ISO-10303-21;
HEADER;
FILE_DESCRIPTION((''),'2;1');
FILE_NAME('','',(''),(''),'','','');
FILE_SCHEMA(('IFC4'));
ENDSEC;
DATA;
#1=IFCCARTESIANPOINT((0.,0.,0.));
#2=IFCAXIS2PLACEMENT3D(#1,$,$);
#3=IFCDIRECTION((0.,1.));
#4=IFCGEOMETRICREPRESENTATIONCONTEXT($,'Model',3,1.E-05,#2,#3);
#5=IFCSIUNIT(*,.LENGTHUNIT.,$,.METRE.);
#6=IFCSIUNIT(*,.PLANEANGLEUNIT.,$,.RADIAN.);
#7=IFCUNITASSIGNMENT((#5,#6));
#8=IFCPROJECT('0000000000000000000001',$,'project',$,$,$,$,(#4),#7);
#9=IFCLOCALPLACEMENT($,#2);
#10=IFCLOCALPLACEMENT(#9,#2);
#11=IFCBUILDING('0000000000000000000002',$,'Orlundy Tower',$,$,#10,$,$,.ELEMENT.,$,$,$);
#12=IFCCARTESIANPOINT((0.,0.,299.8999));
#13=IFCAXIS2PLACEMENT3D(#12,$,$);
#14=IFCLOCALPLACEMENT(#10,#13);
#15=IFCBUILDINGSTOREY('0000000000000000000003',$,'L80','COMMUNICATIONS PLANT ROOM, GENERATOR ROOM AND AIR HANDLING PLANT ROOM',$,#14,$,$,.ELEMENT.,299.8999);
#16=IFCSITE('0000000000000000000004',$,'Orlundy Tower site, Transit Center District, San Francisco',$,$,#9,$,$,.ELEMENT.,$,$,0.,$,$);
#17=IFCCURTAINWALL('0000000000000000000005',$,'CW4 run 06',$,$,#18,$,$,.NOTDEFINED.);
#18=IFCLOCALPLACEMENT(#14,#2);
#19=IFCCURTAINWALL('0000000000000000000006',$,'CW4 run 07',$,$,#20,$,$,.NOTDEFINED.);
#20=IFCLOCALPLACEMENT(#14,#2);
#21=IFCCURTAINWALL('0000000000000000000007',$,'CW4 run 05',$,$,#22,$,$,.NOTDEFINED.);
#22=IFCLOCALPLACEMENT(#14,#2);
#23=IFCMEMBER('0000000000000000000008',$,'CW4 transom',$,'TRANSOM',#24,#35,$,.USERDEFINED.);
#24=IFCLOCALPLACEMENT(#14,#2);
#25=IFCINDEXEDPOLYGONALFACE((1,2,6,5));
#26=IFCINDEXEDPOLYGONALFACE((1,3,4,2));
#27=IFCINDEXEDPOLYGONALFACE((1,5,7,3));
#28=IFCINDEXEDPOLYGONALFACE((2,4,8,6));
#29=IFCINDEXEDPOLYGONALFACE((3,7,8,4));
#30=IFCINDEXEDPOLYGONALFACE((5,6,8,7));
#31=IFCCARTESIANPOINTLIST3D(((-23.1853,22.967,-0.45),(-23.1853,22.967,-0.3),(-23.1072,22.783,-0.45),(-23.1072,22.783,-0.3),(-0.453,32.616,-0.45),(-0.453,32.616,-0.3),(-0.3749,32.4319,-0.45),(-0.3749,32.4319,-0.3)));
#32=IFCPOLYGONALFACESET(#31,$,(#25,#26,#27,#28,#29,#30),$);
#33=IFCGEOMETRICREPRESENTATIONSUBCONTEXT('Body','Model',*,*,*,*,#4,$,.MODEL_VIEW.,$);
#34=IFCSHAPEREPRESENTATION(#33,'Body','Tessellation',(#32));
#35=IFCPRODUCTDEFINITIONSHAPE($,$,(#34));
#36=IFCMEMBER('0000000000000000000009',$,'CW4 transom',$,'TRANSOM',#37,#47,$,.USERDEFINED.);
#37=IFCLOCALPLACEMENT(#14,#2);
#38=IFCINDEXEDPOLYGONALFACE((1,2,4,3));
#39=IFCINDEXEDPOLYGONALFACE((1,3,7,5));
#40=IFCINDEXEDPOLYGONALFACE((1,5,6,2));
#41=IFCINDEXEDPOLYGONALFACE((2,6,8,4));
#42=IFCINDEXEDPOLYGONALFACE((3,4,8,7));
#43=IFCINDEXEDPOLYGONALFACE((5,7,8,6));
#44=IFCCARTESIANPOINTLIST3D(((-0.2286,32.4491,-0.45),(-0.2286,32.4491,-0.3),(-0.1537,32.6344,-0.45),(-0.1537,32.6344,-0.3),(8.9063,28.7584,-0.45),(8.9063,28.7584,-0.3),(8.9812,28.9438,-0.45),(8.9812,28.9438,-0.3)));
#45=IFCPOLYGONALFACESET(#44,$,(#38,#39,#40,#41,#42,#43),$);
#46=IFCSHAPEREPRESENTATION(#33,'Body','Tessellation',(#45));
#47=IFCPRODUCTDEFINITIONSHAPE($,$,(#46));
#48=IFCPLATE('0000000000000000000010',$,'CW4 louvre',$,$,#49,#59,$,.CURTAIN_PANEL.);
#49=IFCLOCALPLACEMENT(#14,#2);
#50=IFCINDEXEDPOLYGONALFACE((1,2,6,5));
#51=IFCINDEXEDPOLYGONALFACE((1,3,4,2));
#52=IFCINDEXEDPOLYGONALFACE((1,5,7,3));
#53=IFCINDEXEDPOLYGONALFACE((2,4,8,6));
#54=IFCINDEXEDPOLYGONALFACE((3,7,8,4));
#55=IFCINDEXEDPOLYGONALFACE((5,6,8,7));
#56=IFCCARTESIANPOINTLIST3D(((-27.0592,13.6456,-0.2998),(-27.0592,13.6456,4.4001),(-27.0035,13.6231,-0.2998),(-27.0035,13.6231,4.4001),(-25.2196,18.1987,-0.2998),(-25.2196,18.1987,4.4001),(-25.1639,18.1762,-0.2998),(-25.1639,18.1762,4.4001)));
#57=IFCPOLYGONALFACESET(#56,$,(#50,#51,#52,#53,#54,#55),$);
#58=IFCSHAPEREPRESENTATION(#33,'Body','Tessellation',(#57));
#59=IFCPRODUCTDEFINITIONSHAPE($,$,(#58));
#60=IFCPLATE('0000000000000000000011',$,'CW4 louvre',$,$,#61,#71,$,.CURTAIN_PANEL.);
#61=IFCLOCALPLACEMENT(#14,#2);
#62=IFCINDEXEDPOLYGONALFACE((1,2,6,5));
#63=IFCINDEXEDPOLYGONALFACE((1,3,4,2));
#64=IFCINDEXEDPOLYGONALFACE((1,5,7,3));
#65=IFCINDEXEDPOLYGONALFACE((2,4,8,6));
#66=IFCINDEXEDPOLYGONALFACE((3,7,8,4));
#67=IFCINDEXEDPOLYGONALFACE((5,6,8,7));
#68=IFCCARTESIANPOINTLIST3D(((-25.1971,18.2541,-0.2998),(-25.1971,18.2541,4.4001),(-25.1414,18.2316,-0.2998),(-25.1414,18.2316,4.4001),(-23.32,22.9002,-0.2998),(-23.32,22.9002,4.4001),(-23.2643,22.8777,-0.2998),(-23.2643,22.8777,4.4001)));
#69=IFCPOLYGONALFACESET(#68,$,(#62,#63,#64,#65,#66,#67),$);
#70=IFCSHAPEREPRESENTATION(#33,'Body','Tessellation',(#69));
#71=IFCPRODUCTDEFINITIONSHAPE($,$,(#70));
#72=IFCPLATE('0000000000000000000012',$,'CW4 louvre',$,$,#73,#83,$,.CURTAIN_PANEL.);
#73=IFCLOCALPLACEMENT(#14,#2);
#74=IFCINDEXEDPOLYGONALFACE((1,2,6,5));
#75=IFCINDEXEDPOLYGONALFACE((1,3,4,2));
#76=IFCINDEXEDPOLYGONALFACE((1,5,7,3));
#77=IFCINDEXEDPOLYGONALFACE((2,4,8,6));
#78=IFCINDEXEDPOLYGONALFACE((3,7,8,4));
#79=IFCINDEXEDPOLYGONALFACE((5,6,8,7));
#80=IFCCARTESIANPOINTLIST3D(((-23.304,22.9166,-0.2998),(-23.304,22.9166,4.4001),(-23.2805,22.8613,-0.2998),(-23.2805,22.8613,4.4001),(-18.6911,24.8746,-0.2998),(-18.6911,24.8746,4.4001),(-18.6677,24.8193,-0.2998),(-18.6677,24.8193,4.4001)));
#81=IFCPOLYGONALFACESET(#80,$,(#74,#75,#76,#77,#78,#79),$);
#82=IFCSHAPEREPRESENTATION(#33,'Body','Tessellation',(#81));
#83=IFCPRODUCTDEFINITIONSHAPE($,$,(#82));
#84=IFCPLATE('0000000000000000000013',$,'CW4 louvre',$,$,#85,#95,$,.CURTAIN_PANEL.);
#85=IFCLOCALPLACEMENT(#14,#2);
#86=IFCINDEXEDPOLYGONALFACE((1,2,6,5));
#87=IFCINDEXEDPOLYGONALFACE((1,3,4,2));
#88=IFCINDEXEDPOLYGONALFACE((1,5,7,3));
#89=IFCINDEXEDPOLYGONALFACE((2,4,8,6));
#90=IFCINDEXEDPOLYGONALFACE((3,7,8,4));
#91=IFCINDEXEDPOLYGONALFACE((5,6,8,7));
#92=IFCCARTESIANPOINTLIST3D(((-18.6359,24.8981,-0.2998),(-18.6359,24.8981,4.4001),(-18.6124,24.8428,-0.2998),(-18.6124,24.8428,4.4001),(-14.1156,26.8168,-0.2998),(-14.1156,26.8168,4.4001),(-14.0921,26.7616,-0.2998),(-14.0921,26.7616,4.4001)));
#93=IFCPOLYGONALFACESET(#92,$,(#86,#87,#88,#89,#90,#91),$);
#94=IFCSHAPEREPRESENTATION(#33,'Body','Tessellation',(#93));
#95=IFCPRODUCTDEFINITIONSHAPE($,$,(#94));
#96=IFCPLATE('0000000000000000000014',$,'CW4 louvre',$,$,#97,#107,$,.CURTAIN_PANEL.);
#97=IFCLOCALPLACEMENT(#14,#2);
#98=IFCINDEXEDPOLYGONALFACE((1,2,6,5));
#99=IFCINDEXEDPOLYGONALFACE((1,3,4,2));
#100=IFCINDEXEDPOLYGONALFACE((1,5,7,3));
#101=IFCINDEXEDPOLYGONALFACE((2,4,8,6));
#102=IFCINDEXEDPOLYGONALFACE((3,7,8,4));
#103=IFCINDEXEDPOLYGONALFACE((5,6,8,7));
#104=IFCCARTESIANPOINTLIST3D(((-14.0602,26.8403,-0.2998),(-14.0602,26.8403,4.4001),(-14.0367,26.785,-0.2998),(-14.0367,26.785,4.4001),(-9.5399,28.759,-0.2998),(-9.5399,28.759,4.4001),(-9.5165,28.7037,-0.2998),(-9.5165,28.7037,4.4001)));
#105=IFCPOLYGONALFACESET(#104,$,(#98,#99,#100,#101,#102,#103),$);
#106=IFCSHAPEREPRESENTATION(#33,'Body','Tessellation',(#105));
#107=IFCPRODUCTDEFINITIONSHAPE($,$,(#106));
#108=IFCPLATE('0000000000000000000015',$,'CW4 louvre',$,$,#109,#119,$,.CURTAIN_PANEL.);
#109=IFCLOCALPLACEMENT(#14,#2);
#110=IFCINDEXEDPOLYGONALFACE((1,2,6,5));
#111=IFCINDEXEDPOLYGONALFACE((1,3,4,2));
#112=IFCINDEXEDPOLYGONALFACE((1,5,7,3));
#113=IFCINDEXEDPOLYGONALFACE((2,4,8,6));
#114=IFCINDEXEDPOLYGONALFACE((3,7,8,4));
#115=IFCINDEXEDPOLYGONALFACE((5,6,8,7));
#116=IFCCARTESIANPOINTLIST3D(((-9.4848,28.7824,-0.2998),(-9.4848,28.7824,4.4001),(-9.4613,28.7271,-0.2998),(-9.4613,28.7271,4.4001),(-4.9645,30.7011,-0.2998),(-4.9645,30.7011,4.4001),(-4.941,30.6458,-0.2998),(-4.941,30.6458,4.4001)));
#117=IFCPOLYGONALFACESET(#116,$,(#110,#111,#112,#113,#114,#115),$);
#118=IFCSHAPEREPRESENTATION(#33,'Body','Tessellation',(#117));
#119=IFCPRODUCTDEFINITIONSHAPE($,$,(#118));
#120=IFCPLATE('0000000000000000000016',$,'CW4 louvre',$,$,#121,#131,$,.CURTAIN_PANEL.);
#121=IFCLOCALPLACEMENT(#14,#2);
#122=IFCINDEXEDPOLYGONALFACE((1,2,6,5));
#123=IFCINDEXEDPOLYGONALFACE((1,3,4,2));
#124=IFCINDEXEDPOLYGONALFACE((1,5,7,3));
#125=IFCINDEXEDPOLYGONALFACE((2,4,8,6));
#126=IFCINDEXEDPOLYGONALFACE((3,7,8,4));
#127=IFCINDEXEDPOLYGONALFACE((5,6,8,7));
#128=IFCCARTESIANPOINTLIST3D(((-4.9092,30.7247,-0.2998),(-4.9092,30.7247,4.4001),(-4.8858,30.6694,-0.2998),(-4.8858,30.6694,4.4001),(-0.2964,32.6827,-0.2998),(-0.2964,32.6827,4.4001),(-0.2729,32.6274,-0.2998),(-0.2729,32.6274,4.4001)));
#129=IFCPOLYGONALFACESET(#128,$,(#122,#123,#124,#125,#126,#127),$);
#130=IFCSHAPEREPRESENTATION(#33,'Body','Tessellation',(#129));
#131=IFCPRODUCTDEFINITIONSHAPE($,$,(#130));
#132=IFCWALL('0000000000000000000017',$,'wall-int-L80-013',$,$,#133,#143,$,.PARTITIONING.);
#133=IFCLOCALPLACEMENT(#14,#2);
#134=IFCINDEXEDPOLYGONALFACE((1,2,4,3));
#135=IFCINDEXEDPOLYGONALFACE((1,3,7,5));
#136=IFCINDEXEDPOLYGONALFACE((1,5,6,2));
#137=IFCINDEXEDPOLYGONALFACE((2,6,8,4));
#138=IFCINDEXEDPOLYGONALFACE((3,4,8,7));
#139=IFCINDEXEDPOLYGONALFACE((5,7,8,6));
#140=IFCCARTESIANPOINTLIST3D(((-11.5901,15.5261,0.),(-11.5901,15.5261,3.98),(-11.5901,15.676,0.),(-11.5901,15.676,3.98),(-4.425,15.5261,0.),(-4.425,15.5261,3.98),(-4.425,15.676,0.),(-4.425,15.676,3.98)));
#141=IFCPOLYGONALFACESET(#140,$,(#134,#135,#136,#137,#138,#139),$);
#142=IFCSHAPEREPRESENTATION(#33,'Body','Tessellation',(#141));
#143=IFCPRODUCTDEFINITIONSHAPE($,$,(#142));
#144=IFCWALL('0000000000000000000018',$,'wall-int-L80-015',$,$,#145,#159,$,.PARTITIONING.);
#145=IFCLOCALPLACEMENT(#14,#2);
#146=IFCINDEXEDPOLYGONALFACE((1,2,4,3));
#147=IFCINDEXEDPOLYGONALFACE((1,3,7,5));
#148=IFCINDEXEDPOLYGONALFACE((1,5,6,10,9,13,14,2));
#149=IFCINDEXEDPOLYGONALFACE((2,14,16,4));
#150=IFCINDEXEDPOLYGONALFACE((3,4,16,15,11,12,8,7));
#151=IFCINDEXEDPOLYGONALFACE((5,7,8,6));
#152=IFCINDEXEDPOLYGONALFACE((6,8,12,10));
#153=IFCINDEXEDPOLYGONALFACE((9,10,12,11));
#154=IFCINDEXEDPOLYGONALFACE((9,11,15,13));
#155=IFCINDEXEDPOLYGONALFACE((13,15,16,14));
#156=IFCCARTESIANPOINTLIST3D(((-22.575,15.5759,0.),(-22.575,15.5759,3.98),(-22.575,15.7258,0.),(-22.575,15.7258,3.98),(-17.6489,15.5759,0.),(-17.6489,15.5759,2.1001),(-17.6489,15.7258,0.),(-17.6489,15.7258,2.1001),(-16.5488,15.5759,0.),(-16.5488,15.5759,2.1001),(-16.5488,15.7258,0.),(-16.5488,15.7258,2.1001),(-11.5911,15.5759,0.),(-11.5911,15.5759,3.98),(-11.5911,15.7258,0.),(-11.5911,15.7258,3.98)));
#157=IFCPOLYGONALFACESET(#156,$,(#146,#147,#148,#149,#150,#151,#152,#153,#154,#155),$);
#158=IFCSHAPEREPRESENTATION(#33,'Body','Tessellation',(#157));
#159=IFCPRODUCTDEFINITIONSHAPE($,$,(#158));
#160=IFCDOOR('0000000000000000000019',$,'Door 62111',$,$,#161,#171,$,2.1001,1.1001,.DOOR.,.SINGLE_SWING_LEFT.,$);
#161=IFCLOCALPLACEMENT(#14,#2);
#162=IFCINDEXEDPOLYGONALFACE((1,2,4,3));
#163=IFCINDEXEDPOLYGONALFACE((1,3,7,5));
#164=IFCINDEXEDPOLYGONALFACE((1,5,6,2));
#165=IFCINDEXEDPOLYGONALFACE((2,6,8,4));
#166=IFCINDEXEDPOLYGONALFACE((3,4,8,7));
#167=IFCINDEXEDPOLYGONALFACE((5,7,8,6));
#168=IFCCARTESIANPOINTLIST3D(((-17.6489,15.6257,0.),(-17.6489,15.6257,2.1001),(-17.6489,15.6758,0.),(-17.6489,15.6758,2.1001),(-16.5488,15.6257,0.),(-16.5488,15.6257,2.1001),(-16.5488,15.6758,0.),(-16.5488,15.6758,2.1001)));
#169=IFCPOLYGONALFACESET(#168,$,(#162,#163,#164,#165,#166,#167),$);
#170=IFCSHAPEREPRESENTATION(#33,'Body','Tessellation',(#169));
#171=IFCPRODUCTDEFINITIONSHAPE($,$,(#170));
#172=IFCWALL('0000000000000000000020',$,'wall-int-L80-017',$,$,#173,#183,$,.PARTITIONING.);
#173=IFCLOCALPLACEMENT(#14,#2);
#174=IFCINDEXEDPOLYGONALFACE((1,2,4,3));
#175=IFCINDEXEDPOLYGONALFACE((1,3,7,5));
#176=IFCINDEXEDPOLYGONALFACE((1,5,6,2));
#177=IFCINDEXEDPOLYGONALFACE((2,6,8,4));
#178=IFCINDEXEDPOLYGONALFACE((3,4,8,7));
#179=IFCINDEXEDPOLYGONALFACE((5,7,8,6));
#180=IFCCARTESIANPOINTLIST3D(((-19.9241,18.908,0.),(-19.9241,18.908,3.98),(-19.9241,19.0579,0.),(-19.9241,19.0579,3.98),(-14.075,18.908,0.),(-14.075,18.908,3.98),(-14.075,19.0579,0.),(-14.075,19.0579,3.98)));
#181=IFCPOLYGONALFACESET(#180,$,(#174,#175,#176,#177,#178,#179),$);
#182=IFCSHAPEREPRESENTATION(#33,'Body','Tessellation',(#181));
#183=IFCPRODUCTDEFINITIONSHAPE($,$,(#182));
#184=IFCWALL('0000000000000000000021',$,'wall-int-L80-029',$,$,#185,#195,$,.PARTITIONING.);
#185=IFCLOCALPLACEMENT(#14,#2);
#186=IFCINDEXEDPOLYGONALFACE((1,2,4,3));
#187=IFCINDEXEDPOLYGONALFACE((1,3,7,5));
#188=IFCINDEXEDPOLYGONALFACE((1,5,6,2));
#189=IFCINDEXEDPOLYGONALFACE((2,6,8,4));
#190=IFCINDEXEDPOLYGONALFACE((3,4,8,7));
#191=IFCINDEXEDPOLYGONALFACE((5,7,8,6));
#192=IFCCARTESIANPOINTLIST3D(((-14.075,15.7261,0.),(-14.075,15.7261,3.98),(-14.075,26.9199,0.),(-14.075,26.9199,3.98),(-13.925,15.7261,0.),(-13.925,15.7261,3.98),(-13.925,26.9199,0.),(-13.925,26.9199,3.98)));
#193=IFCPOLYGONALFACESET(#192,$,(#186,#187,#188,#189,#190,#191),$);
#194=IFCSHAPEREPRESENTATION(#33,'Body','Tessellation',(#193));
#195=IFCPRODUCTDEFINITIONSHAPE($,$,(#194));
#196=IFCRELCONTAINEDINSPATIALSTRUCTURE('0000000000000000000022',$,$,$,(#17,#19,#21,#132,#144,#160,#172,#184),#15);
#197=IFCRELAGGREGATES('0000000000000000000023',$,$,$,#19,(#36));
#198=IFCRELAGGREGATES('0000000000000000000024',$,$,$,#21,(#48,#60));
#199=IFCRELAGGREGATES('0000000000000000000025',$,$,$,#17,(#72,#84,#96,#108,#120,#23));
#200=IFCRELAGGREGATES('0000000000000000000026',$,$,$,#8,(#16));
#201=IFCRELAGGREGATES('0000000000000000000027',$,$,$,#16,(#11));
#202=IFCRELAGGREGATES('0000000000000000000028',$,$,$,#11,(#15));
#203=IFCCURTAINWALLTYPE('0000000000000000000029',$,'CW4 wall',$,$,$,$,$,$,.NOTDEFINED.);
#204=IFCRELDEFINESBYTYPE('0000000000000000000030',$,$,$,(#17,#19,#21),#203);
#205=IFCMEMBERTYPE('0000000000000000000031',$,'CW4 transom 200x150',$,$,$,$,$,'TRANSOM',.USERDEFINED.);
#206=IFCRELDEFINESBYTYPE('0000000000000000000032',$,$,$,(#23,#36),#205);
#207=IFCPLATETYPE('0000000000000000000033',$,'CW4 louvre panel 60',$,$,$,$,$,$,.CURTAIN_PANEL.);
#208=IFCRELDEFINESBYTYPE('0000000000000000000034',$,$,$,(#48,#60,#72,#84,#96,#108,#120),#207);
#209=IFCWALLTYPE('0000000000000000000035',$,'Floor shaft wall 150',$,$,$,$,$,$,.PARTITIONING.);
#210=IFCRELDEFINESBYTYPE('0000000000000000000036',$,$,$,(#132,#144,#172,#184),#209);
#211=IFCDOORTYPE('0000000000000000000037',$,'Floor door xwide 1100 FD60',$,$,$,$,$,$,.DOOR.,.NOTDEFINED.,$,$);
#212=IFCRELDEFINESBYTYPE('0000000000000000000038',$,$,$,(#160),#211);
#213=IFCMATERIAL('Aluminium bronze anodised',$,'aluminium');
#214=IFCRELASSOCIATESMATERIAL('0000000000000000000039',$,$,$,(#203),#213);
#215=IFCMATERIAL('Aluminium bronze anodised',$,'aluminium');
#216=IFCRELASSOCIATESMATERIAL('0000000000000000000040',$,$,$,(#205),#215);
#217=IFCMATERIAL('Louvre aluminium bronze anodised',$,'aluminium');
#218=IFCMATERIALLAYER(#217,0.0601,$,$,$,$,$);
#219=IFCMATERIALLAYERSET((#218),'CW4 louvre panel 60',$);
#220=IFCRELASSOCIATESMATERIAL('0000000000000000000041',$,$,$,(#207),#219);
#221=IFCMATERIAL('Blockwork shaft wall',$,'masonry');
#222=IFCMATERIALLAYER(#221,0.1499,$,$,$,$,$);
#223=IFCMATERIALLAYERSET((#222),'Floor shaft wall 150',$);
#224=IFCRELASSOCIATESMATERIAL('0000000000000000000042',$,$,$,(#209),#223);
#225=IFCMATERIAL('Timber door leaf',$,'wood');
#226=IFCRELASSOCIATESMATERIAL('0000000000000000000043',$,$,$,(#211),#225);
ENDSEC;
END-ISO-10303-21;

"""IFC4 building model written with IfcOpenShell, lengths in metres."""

from ifc_helpers import new_model, si_unit, direction, frame, frame_2d, origin, origin_2d, place, context, subcontext, project, spatial, rectangle, extrude, material, layer, layer_set, material_profile, profile_set, type_object, element, fill, aggregate, save


model = new_model("IFC4")

# Units and contexts
model_context = context("Model", 3, precision=1e-05, world=origin(), true_north=direction((0.0, 1.0)))
body_context = subcontext(model_context, "Body", "Model", "MODEL_VIEW")
ifc_project = project(units=[si_unit("LENGTHUNIT", "METRE"), si_unit("PLANEANGLEUNIT", "RADIAN")], contexts=[model_context])

# Site, building, storey
site_placement = place(None, origin())
site = spatial("IfcSite", under=ifc_project, at=site_placement, Name="Orlundy Tower site, Transit Center District, San Francisco", CompositionType="ELEMENT", RefElevation=0.0)
building_placement = place(site_placement, origin())
building = spatial("IfcBuilding", under=site, at=building_placement, Name="Orlundy Tower", CompositionType="ELEMENT")
storey_placement = place(building_placement, frame((0.0, 0.0, 299.8999)))
storey = spatial("IfcBuildingStorey", under=building, at=storey_placement, Name="L80", Description="COMMUNICATIONS PLANT ROOM, GENERATOR ROOM AND AIR HANDLING PLANT ROOM", CompositionType="ELEMENT", Elevation=299.8999)

# Curtain walls
ifc_material_1 = material(Name="Aluminium bronze anodised", Category="aluminium")
curtain_wall_type = type_object("IfcCurtainWallType", Name="CW4 wall", PredefinedType="NOTDEFINED", material=ifc_material_1)
curtain_wall_1_placement = place(storey_placement, origin())
curtain_wall_1 = element("IfcCurtainWall", 1, at=curtain_wall_1_placement, inside=storey, type_object=curtain_wall_type, Name="CW4 run 06", PredefinedType="NOTDEFINED")
curtain_wall_2_placement = place(storey_placement, origin())
curtain_wall_2 = element("IfcCurtainWall", 2, at=curtain_wall_2_placement, inside=storey, type_object=curtain_wall_type, Name="CW4 run 07", PredefinedType="NOTDEFINED")
curtain_wall_3_placement = place(storey_placement, origin())
curtain_wall_3 = element("IfcCurtainWall", 3, at=curtain_wall_3_placement, inside=storey, type_object=curtain_wall_type, Name="CW4 run 05", PredefinedType="NOTDEFINED")

# Members
ifc_material_2 = material(Name="Aluminium bronze anodised", Category="aluminium")
ifc_material_profile_1 = material_profile(ifc_material_2, rectangle(XDim=0.2, YDim=0.1499, at=origin_2d()), Name="CW4 transom 200x150")
ifc_profile_set_1 = profile_set([ifc_material_profile_1], Name="Aluminium bronze anodised")
member_type_1 = type_object("IfcMemberType", Name="CW4 transom 200x150", ElementType="TRANSOM", PredefinedType="USERDEFINED", material=ifc_profile_set_1)
member_1_placement = place(storey_placement, frame((-23.1462, 22.875, -0.375), z_axis=(0.920509, 0.39072, 0.0), x_axis=(-0.39072, 0.920509, 0.0)))
member_1 = element("IfcMember", 4, at=member_1_placement, type_object=member_type_1, Name="CW4 transom", ObjectType="TRANSOM", PredefinedType="USERDEFINED", context=body_context, shape_type="SweptSolid", body=[
    extrude(rectangle(XDim=0.2, YDim=0.1499, at=origin_2d()), origin(), (0.0, 0.0, 1.0), 24.6953),
])
member_2_placement = place(storey_placement, frame((-0.1912, 32.5417, -0.375), z_axis=(0.927188, -0.374597, 0.0), x_axis=(0.374597, 0.927188, 0.0)))
member_2 = element("IfcMember", 5, at=member_2_placement, type_object=member_type_1, Name="CW4 transom", ObjectType="TRANSOM", PredefinedType="USERDEFINED", context=body_context, shape_type="SweptSolid", body=[
    extrude(rectangle(XDim=0.2, YDim=0.1499, at=origin_2d()), origin(), (0.0, 0.0, 1.0), 9.8523),
])
aggregate(curtain_wall_2, [member_2])

# Plates
ifc_material_3 = material(Name="Louvre aluminium bronze anodised", Category="aluminium")
ifc_layer_1 = layer(ifc_material_3, 0.0601)
ifc_layer_set_1 = layer_set([ifc_layer_1], Name="CW4 louvre panel 60")
plate_type = type_object("IfcPlateType", Name="CW4 louvre panel 60", PredefinedType="CURTAIN_PANEL", material=ifc_layer_set_1)
plate_1_placement = place(storey_placement, frame((-26.1116, 15.9109, -0.2998), z_axis=(0.0, 0.0, 1.0), x_axis=(0.374607, 0.927184, 0.0)))
plate_1 = element("IfcPlate", 6, at=plate_1_placement, type_object=plate_type, Name="CW4 louvre", PredefinedType="CURTAIN_PANEL", context=body_context, shape_type="SweptSolid", body=[
    extrude(rectangle(XDim=4.9106, YDim=0.0601, at=origin_2d()), origin(), (0.0, 0.0, 1.0), 4.7),
])
plate_2_placement = place(storey_placement, frame((-24.2307, 20.5659, -0.2998), z_axis=(0.0, 0.0, 1.0), x_axis=(0.374607, 0.927184, 0.0)))
plate_2 = element("IfcPlate", 7, at=plate_2_placement, type_object=plate_type, Name="CW4 louvre", PredefinedType="CURTAIN_PANEL", context=body_context, shape_type="SweptSolid", body=[
    extrude(rectangle(XDim=5.011, YDim=0.0601, at=origin_2d()), origin(), (0.0, 0.0, 1.0), 4.7),
])
aggregate(curtain_wall_3, [plate_1, plate_2])
plate_3_placement = place(storey_placement, frame((-20.9858, 23.8679, -0.2998), z_axis=(0.0, 0.0, 1.0), x_axis=(0.920507, 0.390727, 0.0)))
plate_3 = element("IfcPlate", 8, at=plate_3_placement, type_object=plate_type, Name="CW4 louvre", PredefinedType="CURTAIN_PANEL", context=body_context, shape_type="SweptSolid", body=[
    extrude(rectangle(XDim=5.0112, YDim=0.0601, at=origin_2d()), origin(), (0.0, 0.0, 1.0), 4.7),
])
plate_4_placement = place(storey_placement, frame((-16.364, 25.8298, -0.2998), z_axis=(0.0, 0.0, 1.0), x_axis=(0.920507, 0.390727, 0.0)))
plate_4 = element("IfcPlate", 9, at=plate_4_placement, type_object=plate_type, Name="CW4 louvre", PredefinedType="CURTAIN_PANEL", context=body_context, shape_type="SweptSolid", body=[
    extrude(rectangle(XDim=4.9106, YDim=0.0601, at=origin_2d()), origin(), (0.0, 0.0, 1.0), 4.7),
])
plate_5_placement = place(storey_placement, frame((-11.7883, 27.772, -0.2998), z_axis=(0.0, 0.0, 1.0), x_axis=(0.920507, 0.390727, 0.0)))
plate_5 = element("IfcPlate", 10, at=plate_5_placement, type_object=plate_type, Name="CW4 louvre", PredefinedType="CURTAIN_PANEL", context=body_context, shape_type="SweptSolid", body=[
    extrude(rectangle(XDim=4.9106, YDim=0.0601, at=origin_2d()), origin(), (0.0, 0.0, 1.0), 4.7),
])
plate_6_placement = place(storey_placement, frame((-7.2129, 29.7141, -0.2998), z_axis=(0.0, 0.0, 1.0), x_axis=(0.920507, 0.390727, 0.0)))
plate_6 = element("IfcPlate", 11, at=plate_6_placement, type_object=plate_type, Name="CW4 louvre", PredefinedType="CURTAIN_PANEL", context=body_context, shape_type="SweptSolid", body=[
    extrude(rectangle(XDim=4.9106, YDim=0.0601, at=origin_2d()), origin(), (0.0, 0.0, 1.0), 4.7),
])
plate_7_placement = place(storey_placement, frame((-2.5911, 31.676, -0.2998), z_axis=(0.0, 0.0, 1.0), x_axis=(0.920507, 0.390727, 0.0)))
plate_7 = element("IfcPlate", 12, at=plate_7_placement, type_object=plate_type, Name="CW4 louvre", PredefinedType="CURTAIN_PANEL", context=body_context, shape_type="SweptSolid", body=[
    extrude(rectangle(XDim=5.0112, YDim=0.0601, at=origin_2d()), origin(), (0.0, 0.0, 1.0), 4.7),
])
aggregate(curtain_wall_1, [plate_3, plate_4, plate_5, plate_6, plate_7, member_1])

# Wall
ifc_material_4 = material(Name="Blockwork shaft wall", Category="masonry")
ifc_layer_2 = layer(ifc_material_4, 0.1499)
ifc_layer_set_2 = layer_set([ifc_layer_2], Name="Floor shaft wall 150")
wall_type = type_object("IfcWallType", Name="Floor shaft wall 150", PredefinedType="PARTITIONING", material=ifc_layer_set_2)
wall_1_placement = place(storey_placement, frame((-11.5901, 15.6011, 0.0), z_axis=(0.0, 0.0, 1.0), x_axis=(1.0, 0.0, 0.0)))
element("IfcWall", 13, at=wall_1_placement, inside=storey, type_object=wall_type, Name="wall-int-L80-013", PredefinedType="PARTITIONING", context=body_context, shape_type="SweptSolid", body=[
    extrude(rectangle(XDim=7.165, YDim=0.1499, at=frame_2d((3.5825, 0.0))), origin(), (0.0, 0.0, 1.0), 3.98),
])

# Wall, opening, door
wall_2_placement = place(storey_placement, frame((-22.575, 15.6509, 0.0), z_axis=(0.0, 0.0, 1.0), x_axis=(1.0, 0.0, 0.0)))
wall_2 = element("IfcWall", 14, at=wall_2_placement, inside=storey, type_object=wall_type, Name="wall-int-L80-015", PredefinedType="PARTITIONING", context=body_context, shape_type="SweptSolid", body=[
    extrude(rectangle(XDim=10.9839, YDim=0.1499, at=frame_2d((5.4919, 0.0))), origin(), (0.0, 0.0, 1.0), 3.98),
])
opening_placement = place(wall_2_placement, frame((4.926, 0.0, 0.0)))
opening = element("IfcOpeningElement", 15, at=opening_placement, cuts=wall_2, PredefinedType="OPENING", context=body_context, shape_type="SweptSolid", body=[
    extrude(rectangle(XDim=1.1001, YDim=2.1001, at=frame_2d((0.55, 1.05))), frame((0.0, 0.085, 0.0), z_axis=(0.0, -1.0, 0.0), x_axis=(1.0, 0.0, 0.0)), (0.0, 0.0, 1.0), 0.1699),
])
ifc_material_5 = material(Name="Timber door leaf", Category="wood")
door_type = type_object("IfcDoorType", Name="Floor door xwide 1100 FD60", OperationType="NOTDEFINED", PredefinedType="DOOR", material=ifc_material_5)
door_placement = place(opening_placement, origin())
door = element("IfcDoor", 16, at=door_placement, inside=storey, type_object=door_type, Name="Door 62111", OperationType="SINGLE_SWING_LEFT", OverallHeight=2.1001, OverallWidth=1.1001, PredefinedType="DOOR", context=body_context, shape_type="SweptSolid", body=[
    extrude(rectangle(XDim=1.1001, YDim=2.1001, at=frame_2d((0.55, 1.05))), frame((0.0, 0.0249, 0.0), z_axis=(0.0, -1.0, 0.0), x_axis=(1.0, 0.0, 0.0)), (0.0, 0.0, 1.0), 0.05),
])
fill(opening, door)

# Walls
wall_3_placement = place(storey_placement, frame((-19.9241, 18.9829, 0.0), z_axis=(0.0, 0.0, 1.0), x_axis=(1.0, 0.0, 0.0)))
element("IfcWall", 17, at=wall_3_placement, inside=storey, type_object=wall_type, Name="wall-int-L80-017", PredefinedType="PARTITIONING", context=body_context, shape_type="SweptSolid", body=[
    extrude(rectangle(XDim=5.8491, YDim=0.1499, at=frame_2d((2.9246, 0.0))), origin(), (0.0, 0.0, 1.0), 3.98),
])
wall_4_placement = place(storey_placement, frame((-14.0, 15.7261, 0.0), z_axis=(0.0, 0.0, 1.0), x_axis=(0.0, 1.0, 0.0)))
element("IfcWall", 18, at=wall_4_placement, inside=storey, type_object=wall_type, Name="wall-int-L80-029", PredefinedType="PARTITIONING", context=body_context, shape_type="SweptSolid", body=[
    extrude(rectangle(XDim=11.1938, YDim=0.1499, at=frame_2d((5.5969, 0.0))), origin(), (0.0, 0.0, 1.0), 3.98),
])

save(model, "model.ifc")
